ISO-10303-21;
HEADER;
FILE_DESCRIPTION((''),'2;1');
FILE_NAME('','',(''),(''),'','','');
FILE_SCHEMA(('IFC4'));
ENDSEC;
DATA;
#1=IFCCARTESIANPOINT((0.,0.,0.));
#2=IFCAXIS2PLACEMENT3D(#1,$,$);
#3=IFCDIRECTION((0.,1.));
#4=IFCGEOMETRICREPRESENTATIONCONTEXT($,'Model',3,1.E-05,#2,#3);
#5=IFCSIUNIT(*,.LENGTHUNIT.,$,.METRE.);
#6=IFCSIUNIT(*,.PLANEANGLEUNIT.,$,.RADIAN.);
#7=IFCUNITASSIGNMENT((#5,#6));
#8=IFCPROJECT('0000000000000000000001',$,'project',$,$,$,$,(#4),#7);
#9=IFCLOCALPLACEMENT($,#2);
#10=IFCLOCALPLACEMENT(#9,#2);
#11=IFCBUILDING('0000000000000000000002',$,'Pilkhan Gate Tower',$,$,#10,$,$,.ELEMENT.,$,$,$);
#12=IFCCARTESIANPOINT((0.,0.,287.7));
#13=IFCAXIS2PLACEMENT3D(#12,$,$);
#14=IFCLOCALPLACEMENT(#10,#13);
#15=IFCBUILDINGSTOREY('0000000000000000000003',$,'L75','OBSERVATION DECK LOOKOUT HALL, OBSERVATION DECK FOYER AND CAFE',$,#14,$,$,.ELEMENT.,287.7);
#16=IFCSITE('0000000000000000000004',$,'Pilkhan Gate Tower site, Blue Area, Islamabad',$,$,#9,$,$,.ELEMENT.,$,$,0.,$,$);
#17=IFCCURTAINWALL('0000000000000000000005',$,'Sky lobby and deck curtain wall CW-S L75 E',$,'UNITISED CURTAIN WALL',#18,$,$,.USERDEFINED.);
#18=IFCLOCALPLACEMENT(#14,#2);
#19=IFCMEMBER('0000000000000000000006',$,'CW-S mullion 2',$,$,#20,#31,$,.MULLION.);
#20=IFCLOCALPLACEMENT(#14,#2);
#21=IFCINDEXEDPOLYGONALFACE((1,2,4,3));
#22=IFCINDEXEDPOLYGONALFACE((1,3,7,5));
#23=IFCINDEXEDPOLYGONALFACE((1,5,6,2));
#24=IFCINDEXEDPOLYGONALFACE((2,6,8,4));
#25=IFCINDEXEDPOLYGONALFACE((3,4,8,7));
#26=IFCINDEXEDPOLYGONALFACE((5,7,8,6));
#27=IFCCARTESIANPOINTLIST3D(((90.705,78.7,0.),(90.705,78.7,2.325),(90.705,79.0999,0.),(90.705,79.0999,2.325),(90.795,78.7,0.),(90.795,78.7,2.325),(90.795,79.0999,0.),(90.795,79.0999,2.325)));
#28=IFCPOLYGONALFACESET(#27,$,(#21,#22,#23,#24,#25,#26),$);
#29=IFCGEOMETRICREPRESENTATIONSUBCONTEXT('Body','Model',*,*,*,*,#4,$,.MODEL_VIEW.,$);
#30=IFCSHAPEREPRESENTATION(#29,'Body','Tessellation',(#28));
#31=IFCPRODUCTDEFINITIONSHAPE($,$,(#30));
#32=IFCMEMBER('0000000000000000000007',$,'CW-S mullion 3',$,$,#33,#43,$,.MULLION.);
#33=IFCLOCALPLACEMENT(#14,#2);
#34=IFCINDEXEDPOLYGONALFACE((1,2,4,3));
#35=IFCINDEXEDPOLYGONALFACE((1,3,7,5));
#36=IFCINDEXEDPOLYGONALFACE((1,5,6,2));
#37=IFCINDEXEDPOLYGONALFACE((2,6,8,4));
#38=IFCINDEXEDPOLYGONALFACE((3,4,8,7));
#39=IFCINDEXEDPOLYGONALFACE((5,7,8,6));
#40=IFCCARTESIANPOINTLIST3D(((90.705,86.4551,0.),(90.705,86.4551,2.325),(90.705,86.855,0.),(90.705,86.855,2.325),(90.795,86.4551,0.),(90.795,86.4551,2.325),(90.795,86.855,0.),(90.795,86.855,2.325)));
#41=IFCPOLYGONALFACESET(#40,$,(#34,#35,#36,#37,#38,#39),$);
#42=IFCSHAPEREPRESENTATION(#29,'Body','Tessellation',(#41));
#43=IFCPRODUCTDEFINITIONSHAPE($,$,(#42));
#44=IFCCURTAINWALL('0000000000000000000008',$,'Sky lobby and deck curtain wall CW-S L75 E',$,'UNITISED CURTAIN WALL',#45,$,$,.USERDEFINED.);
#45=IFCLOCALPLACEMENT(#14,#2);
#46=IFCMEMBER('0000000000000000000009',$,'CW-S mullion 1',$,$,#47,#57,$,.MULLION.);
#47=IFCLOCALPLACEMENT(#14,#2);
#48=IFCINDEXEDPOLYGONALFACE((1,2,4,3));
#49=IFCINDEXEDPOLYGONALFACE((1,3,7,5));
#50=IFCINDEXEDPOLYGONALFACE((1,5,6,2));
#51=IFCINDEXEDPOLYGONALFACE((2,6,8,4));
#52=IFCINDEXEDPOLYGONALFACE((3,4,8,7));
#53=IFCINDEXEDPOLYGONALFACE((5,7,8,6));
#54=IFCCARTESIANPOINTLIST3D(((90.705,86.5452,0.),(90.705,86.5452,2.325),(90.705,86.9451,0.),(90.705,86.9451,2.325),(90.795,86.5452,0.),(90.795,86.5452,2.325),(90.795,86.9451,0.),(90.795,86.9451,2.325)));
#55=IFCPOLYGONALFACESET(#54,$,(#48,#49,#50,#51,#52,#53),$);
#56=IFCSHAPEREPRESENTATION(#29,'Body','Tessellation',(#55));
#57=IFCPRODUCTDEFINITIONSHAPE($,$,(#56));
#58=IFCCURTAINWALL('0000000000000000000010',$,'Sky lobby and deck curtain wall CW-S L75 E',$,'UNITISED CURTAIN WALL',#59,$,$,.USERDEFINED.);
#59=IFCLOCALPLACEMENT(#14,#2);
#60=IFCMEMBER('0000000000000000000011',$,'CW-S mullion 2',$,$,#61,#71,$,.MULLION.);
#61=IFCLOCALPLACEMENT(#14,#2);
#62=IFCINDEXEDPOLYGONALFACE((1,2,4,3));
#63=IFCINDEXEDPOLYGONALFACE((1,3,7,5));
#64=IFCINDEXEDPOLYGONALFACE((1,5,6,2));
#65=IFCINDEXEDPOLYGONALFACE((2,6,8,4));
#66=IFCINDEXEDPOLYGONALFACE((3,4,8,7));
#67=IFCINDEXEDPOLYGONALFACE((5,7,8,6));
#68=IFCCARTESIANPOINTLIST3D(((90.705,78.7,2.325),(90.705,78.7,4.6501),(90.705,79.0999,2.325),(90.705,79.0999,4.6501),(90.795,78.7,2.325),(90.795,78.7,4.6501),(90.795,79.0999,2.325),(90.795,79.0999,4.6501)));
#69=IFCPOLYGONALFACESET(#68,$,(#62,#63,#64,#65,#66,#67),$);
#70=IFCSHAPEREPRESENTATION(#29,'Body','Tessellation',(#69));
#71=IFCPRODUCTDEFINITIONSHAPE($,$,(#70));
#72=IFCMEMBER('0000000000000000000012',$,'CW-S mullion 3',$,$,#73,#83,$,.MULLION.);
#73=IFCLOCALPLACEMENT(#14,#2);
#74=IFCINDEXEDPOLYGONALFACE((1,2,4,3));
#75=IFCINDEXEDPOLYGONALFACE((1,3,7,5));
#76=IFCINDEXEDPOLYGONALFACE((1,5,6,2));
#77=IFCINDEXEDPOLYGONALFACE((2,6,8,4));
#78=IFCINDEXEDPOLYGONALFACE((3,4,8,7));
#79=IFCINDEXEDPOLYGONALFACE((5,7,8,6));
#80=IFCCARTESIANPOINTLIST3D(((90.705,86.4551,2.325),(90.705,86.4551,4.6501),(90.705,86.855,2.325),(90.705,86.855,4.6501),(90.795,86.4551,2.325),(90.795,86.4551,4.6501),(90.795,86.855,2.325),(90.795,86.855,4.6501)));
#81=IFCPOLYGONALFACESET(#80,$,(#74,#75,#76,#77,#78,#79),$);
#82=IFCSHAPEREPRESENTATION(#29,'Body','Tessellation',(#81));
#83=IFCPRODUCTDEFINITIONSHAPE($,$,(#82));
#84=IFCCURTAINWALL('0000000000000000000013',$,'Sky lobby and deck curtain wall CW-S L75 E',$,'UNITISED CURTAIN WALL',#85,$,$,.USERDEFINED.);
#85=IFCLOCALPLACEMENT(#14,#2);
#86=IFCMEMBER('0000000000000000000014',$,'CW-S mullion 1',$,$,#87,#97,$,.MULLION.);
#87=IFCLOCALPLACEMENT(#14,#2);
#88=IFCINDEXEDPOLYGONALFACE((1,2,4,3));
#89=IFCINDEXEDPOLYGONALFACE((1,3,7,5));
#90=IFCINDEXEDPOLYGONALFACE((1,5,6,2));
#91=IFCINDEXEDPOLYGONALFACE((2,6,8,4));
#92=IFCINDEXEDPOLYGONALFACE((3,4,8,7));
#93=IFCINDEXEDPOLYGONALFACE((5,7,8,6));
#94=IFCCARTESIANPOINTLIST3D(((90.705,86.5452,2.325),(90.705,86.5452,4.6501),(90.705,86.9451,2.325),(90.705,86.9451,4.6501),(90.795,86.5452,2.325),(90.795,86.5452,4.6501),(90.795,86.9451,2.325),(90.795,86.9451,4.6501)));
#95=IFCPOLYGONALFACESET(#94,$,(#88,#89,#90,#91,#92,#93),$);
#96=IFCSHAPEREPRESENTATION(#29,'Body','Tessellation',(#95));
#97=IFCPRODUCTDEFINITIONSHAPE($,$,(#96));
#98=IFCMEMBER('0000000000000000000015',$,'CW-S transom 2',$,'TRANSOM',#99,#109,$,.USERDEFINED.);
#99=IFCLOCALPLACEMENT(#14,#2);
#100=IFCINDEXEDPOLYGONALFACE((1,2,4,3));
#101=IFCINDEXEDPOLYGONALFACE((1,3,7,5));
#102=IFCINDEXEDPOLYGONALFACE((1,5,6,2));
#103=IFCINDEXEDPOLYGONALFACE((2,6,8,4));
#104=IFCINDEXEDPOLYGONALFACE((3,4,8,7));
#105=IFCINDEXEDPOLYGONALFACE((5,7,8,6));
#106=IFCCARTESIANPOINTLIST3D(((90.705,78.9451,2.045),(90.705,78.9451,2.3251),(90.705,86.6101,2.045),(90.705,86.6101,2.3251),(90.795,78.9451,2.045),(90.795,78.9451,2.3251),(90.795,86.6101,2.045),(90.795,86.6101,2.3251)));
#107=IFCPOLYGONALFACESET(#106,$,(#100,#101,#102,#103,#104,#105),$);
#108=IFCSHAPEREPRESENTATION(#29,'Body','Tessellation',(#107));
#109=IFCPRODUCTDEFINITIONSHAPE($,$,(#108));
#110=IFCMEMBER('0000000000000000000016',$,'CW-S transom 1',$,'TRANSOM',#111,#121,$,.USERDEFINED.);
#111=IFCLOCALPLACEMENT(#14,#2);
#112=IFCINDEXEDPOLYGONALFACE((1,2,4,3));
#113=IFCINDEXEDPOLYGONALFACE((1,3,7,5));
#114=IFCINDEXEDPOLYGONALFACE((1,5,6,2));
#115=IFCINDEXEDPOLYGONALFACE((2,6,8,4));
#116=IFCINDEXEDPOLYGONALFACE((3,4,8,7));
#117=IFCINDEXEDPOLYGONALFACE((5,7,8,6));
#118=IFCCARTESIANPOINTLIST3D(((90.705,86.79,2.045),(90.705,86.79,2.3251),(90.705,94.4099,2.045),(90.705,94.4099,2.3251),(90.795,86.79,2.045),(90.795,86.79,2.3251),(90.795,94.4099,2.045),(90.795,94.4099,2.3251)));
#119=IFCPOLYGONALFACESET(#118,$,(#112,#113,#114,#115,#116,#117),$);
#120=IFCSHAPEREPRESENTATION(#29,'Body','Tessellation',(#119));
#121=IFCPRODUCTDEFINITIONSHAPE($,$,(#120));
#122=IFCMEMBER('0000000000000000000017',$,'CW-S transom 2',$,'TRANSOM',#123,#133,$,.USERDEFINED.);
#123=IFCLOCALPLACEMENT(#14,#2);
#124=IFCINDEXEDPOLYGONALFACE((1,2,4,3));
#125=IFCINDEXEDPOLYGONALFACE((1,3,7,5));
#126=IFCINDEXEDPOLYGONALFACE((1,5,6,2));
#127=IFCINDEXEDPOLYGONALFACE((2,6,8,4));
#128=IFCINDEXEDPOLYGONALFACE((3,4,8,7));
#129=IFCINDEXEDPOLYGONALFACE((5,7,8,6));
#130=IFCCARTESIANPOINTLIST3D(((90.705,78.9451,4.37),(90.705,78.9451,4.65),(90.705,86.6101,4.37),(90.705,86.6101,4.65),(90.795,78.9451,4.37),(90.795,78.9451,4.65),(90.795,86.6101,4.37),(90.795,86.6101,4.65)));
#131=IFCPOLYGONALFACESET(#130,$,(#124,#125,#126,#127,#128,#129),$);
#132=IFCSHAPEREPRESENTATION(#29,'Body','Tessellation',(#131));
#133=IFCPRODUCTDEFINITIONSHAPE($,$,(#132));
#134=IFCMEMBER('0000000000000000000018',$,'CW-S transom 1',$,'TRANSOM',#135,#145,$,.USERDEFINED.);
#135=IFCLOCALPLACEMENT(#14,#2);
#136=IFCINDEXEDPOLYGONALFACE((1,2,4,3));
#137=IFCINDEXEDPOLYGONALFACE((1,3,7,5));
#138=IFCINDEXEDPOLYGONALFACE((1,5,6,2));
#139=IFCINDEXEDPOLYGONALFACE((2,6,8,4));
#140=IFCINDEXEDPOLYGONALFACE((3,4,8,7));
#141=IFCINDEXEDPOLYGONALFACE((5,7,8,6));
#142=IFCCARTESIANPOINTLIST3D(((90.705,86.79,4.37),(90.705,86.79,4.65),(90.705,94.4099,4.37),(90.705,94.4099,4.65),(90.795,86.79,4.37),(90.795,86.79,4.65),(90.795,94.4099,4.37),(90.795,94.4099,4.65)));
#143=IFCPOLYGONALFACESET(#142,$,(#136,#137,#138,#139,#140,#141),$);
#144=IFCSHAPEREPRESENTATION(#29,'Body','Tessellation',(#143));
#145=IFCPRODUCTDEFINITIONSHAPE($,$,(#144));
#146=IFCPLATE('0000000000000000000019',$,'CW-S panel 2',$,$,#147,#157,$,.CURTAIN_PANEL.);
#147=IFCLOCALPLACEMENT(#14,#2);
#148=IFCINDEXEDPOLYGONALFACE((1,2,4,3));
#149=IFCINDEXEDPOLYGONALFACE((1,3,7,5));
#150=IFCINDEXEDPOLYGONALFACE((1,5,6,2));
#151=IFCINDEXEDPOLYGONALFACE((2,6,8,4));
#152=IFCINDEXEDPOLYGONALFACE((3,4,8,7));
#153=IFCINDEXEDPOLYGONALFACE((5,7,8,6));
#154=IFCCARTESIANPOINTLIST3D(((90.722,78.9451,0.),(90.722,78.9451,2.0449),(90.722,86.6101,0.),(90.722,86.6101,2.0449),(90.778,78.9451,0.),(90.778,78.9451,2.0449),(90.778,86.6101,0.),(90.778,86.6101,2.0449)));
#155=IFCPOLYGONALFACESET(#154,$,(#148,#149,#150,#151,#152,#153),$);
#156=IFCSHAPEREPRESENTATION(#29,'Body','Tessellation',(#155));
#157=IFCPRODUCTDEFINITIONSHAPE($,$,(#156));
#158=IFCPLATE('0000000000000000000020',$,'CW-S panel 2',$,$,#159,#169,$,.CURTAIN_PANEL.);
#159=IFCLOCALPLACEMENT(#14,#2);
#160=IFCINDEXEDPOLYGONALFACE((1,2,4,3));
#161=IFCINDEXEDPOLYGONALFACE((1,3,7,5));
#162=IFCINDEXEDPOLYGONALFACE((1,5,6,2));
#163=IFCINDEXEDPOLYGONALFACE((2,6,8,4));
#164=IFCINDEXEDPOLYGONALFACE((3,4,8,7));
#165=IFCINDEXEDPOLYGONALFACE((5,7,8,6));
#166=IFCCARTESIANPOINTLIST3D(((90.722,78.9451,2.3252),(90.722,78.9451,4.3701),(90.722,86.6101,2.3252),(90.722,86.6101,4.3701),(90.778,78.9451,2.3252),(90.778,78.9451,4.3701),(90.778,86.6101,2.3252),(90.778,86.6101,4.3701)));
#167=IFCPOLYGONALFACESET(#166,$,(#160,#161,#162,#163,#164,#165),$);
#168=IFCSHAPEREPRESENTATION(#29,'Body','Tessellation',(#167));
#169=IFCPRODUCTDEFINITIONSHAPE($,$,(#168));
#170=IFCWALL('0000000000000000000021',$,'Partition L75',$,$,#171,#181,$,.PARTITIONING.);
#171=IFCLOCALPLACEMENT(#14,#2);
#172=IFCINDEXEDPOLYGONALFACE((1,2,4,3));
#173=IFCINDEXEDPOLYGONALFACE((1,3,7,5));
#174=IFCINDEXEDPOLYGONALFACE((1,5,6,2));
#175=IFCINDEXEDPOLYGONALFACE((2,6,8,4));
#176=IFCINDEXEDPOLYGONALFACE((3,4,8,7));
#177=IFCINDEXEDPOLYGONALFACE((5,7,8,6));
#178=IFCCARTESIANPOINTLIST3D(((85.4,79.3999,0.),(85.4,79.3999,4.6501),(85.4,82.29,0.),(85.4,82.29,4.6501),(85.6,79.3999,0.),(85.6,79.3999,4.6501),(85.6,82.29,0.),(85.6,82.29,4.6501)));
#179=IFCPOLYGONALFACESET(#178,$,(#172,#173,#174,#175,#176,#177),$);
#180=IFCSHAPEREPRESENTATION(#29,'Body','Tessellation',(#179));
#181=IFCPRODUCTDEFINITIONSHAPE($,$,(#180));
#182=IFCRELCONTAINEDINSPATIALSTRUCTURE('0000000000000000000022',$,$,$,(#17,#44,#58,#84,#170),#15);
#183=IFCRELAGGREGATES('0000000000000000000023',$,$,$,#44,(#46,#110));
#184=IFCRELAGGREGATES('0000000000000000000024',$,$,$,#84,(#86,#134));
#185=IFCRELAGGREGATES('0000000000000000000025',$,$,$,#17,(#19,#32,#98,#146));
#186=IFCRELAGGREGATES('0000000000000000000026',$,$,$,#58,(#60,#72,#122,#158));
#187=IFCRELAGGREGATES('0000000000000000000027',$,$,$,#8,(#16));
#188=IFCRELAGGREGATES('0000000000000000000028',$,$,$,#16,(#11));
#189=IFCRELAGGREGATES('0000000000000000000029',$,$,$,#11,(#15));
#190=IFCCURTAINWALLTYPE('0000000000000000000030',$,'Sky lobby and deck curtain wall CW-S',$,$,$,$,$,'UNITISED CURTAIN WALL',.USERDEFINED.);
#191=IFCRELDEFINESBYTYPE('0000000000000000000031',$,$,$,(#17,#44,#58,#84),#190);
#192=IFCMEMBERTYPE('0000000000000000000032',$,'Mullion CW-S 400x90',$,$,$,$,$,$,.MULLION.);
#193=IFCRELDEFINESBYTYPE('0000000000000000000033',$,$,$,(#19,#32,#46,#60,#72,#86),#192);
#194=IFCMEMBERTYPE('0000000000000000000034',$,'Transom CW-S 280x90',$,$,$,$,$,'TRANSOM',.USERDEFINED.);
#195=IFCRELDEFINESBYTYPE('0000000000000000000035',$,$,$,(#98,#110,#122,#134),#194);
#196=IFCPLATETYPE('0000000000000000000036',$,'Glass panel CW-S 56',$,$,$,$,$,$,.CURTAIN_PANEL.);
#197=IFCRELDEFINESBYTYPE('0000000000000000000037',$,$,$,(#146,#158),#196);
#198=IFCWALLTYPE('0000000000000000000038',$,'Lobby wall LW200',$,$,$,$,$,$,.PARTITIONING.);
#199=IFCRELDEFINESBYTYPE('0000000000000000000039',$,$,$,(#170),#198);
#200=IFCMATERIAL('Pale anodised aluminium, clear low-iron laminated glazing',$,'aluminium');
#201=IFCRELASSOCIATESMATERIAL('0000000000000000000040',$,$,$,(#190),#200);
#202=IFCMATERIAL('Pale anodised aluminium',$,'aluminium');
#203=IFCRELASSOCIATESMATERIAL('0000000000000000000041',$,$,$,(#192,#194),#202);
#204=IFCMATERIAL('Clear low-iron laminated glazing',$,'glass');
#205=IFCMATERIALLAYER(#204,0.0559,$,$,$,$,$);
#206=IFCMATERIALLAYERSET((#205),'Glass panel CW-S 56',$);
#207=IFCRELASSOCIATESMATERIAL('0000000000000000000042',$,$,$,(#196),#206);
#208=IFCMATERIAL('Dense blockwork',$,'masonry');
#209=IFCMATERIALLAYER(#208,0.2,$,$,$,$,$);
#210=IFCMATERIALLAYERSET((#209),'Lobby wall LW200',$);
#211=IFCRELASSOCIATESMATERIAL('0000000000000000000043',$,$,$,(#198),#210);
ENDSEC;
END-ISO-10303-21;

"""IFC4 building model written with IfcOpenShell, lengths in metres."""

from ifc_helpers import new_model, si_unit, direction, frame, frame_2d, origin, origin_2d, place, context, subcontext, project, spatial, rectangle, extrude, material, layer, layer_set, material_profile, profile_set, type_object, element, aggregate, save


model = new_model("IFC4")

# Units and contexts
model_context = context("Model", 3, precision=1e-05, world=origin(), true_north=direction((0.0, 1.0)))
body_context = subcontext(model_context, "Body", "Model", "MODEL_VIEW")
ifc_project = project(units=[si_unit("LENGTHUNIT", "METRE"), si_unit("PLANEANGLEUNIT", "RADIAN")], contexts=[model_context])

# Site, building, storey
site_placement = place(None, origin())
site = spatial("IfcSite", under=ifc_project, at=site_placement, Name="Pilkhan Gate Tower site, Blue Area, Islamabad", CompositionType="ELEMENT", RefElevation=0.0)
building_placement = place(site_placement, origin())
building = spatial("IfcBuilding", under=site, at=building_placement, Name="Pilkhan Gate Tower", CompositionType="ELEMENT")
storey_placement = place(building_placement, frame((0.0, 0.0, 287.7)))
storey = spatial("IfcBuildingStorey", under=building, at=storey_placement, Name="L75", Description="OBSERVATION DECK LOOKOUT HALL, OBSERVATION DECK FOYER AND CAFE", CompositionType="ELEMENT", Elevation=287.7)

# Curtain wall, members
ifc_material_1 = material(Name="Pale anodised aluminium, clear low-iron laminated glazing", Category="aluminium")
curtain_wall_type = type_object("IfcCurtainWallType", Name="Sky lobby and deck curtain wall CW-S", ElementType="UNITISED CURTAIN WALL", PredefinedType="USERDEFINED", material=ifc_material_1)
curtain_wall_1_placement = place(storey_placement, origin())
curtain_wall_1 = element("IfcCurtainWall", 1, at=curtain_wall_1_placement, inside=storey, type_object=curtain_wall_type, Name="Sky lobby and deck curtain wall CW-S L75 E", ObjectType="UNITISED CURTAIN WALL", PredefinedType="USERDEFINED")
ifc_material_2 = material(Name="Pale anodised aluminium", Category="aluminium")
ifc_material_profile_1 = material_profile(ifc_material_2, rectangle(XDim=0.0901, YDim=0.3999, at=origin_2d()), Name="Mullion 400x90")
ifc_profile_set_1 = profile_set([ifc_material_profile_1], Name="Pale anodised aluminium")
member_type_1 = type_object("IfcMemberType", Name="Mullion CW-S 400x90", PredefinedType="MULLION", material=ifc_profile_set_1)
member_1_placement = place(storey_placement, frame((90.75, 78.8999, 0.0), z_axis=(0.0, 0.0, 1.0), x_axis=(-1.0, 0.0, 0.0)))
member_1 = element("IfcMember", 2, at=member_1_placement, type_object=member_type_1, Name="CW-S mullion 2", PredefinedType="MULLION", context=body_context, shape_type="SweptSolid", body=[
    extrude(rectangle(XDim=0.0901, YDim=0.3999, at=origin_2d()), origin(), (0.0, 0.0, 1.0), 2.325),
])
member_2_placement = place(storey_placement, frame((90.75, 86.655, 0.0), z_axis=(0.0, 0.0, 1.0), x_axis=(-1.0, 0.0, 0.0)))
member_2 = element("IfcMember", 3, at=member_2_placement, type_object=member_type_1, Name="CW-S mullion 3", PredefinedType="MULLION", context=body_context, shape_type="SweptSolid", body=[
    extrude(rectangle(XDim=0.0901, YDim=0.3999, at=origin_2d()), origin(), (0.0, 0.0, 1.0), 2.325),
])

# Curtain wall, member
curtain_wall_2_placement = place(storey_placement, origin())
curtain_wall_2 = element("IfcCurtainWall", 4, at=curtain_wall_2_placement, inside=storey, type_object=curtain_wall_type, Name="Sky lobby and deck curtain wall CW-S L75 E", ObjectType="UNITISED CURTAIN WALL", PredefinedType="USERDEFINED")
member_3_placement = place(storey_placement, frame((90.75, 86.7451, 0.0), z_axis=(0.0, 0.0, 1.0), x_axis=(-1.0, 0.0, 0.0)))
member_3 = element("IfcMember", 5, at=member_3_placement, type_object=member_type_1, Name="CW-S mullion 1", PredefinedType="MULLION", context=body_context, shape_type="SweptSolid", body=[
    extrude(rectangle(XDim=0.0901, YDim=0.3999, at=origin_2d()), origin(), (0.0, 0.0, 1.0), 2.325),
])

# Curtain wall, members
curtain_wall_3_placement = place(storey_placement, origin())
curtain_wall_3 = element("IfcCurtainWall", 6, at=curtain_wall_3_placement, inside=storey, type_object=curtain_wall_type, Name="Sky lobby and deck curtain wall CW-S L75 E", ObjectType="UNITISED CURTAIN WALL", PredefinedType="USERDEFINED")
member_4_placement = place(storey_placement, frame((90.75, 78.8999, 2.325), z_axis=(0.0, 0.0, 1.0), x_axis=(-1.0, 0.0, 0.0)))
member_4 = element("IfcMember", 7, at=member_4_placement, type_object=member_type_1, Name="CW-S mullion 2", PredefinedType="MULLION", context=body_context, shape_type="SweptSolid", body=[
    extrude(rectangle(XDim=0.0901, YDim=0.3999, at=origin_2d()), origin(), (0.0, 0.0, 1.0), 2.3252),
])
member_5_placement = place(storey_placement, frame((90.75, 86.655, 2.325), z_axis=(0.0, 0.0, 1.0), x_axis=(-1.0, 0.0, 0.0)))
member_5 = element("IfcMember", 8, at=member_5_placement, type_object=member_type_1, Name="CW-S mullion 3", PredefinedType="MULLION", context=body_context, shape_type="SweptSolid", body=[
    extrude(rectangle(XDim=0.0901, YDim=0.3999, at=origin_2d()), origin(), (0.0, 0.0, 1.0), 2.3252),
])

# Curtain wall, member
curtain_wall_4_placement = place(storey_placement, origin())
curtain_wall_4 = element("IfcCurtainWall", 9, at=curtain_wall_4_placement, inside=storey, type_object=curtain_wall_type, Name="Sky lobby and deck curtain wall CW-S L75 E", ObjectType="UNITISED CURTAIN WALL", PredefinedType="USERDEFINED")
member_6_placement = place(storey_placement, frame((90.75, 86.7451, 2.325), z_axis=(0.0, 0.0, 1.0), x_axis=(-1.0, 0.0, 0.0)))
member_6 = element("IfcMember", 10, at=member_6_placement, type_object=member_type_1, Name="CW-S mullion 1", PredefinedType="MULLION", context=body_context, shape_type="SweptSolid", body=[
    extrude(rectangle(XDim=0.0901, YDim=0.3999, at=origin_2d()), origin(), (0.0, 0.0, 1.0), 2.3252),
])

# Members
ifc_material_profile_2 = material_profile(ifc_material_2, rectangle(XDim=0.0901, YDim=0.28, at=origin_2d()), Name="Transom 280x90")
ifc_profile_set_2 = profile_set([ifc_material_profile_2], Name="Pale anodised aluminium")
member_type_2 = type_object("IfcMemberType", Name="Transom CW-S 280x90", ElementType="TRANSOM", PredefinedType="USERDEFINED", material=ifc_profile_set_2)
member_7_placement = place(storey_placement, frame((90.75, 78.9451, 2.1851), z_axis=(0.0, 1.0, 0.0), x_axis=(-1.0, 0.0, 0.0)))
member_7 = element("IfcMember", 11, at=member_7_placement, type_object=member_type_2, Name="CW-S transom 2", ObjectType="TRANSOM", PredefinedType="USERDEFINED", context=body_context, shape_type="SweptSolid", body=[
    extrude(rectangle(XDim=0.0901, YDim=0.28, at=origin_2d()), origin(), (0.0, 0.0, 1.0), 7.665),
])
member_8_placement = place(storey_placement, frame((90.75, 86.79, 2.1851), z_axis=(0.0, 1.0, 0.0), x_axis=(-1.0, 0.0, 0.0)))
member_8 = element("IfcMember", 12, at=member_8_placement, type_object=member_type_2, Name="CW-S transom 1", ObjectType="TRANSOM", PredefinedType="USERDEFINED", context=body_context, shape_type="SweptSolid", body=[
    extrude(rectangle(XDim=0.0901, YDim=0.28, at=origin_2d()), origin(), (0.0, 0.0, 1.0), 7.6199),
])
aggregate(curtain_wall_2, [member_3, member_8])
member_9_placement = place(storey_placement, frame((90.75, 78.9451, 4.51), z_axis=(0.0, 1.0, 0.0), x_axis=(-1.0, 0.0, 0.0)))
member_9 = element("IfcMember", 13, at=member_9_placement, type_object=member_type_2, Name="CW-S transom 2", ObjectType="TRANSOM", PredefinedType="USERDEFINED", context=body_context, shape_type="SweptSolid", body=[
    extrude(rectangle(XDim=0.0901, YDim=0.28, at=origin_2d()), origin(), (0.0, 0.0, 1.0), 7.665),
])
member_10_placement = place(storey_placement, frame((90.75, 86.79, 4.51), z_axis=(0.0, 1.0, 0.0), x_axis=(-1.0, 0.0, 0.0)))
member_10 = element("IfcMember", 14, at=member_10_placement, type_object=member_type_2, Name="CW-S transom 1", ObjectType="TRANSOM", PredefinedType="USERDEFINED", context=body_context, shape_type="SweptSolid", body=[
    extrude(rectangle(XDim=0.0901, YDim=0.28, at=origin_2d()), origin(), (0.0, 0.0, 1.0), 7.6199),
])
aggregate(curtain_wall_4, [member_6, member_10])

# Plates
ifc_material_3 = material(Name="Clear low-iron laminated glazing", Category="glass")
ifc_layer_1 = layer(ifc_material_3, 0.0559)
ifc_layer_set_1 = layer_set([ifc_layer_1], Name="Glass panel CW-S 56")
plate_type = type_object("IfcPlateType", Name="Glass panel CW-S 56", PredefinedType="CURTAIN_PANEL", material=ifc_layer_set_1)
plate_1_placement = place(storey_placement, frame((90.75, 82.7776, 0.0), z_axis=(0.0, 0.0, 1.0), x_axis=(0.0, 1.0, 0.0)))
plate_1 = element("IfcPlate", 15, at=plate_1_placement, type_object=plate_type, Name="CW-S panel 2", PredefinedType="CURTAIN_PANEL", context=body_context, shape_type="SweptSolid", body=[
    extrude(rectangle(XDim=7.665, YDim=0.0559, at=origin_2d()), origin(), (0.0, 0.0, 1.0), 2.0449),
])
aggregate(curtain_wall_1, [member_1, member_2, member_7, plate_1])
plate_2_placement = place(storey_placement, frame((90.75, 82.7776, 2.3252), z_axis=(0.0, 0.0, 1.0), x_axis=(0.0, 1.0, 0.0)))
plate_2 = element("IfcPlate", 16, at=plate_2_placement, type_object=plate_type, Name="CW-S panel 2", PredefinedType="CURTAIN_PANEL", context=body_context, shape_type="SweptSolid", body=[
    extrude(rectangle(XDim=7.665, YDim=0.0559, at=origin_2d()), origin(), (0.0, 0.0, 1.0), 2.0449),
])
aggregate(curtain_wall_3, [member_4, member_5, member_9, plate_2])

# Wall
ifc_material_4 = material(Name="Dense blockwork", Category="masonry")
ifc_layer_2 = layer(ifc_material_4, 0.2)
ifc_layer_set_2 = layer_set([ifc_layer_2], Name="Lobby wall LW200")
wall_type = type_object("IfcWallType", Name="Lobby wall LW200", PredefinedType="PARTITIONING", material=ifc_layer_set_2)
wall_placement = place(storey_placement, frame((85.5, 79.3999, 0.0), z_axis=(0.0, 0.0, 1.0), x_axis=(0.0, 1.0, 0.0)))
element("IfcWall", 17, at=wall_placement, inside=storey, type_object=wall_type, Name="Partition L75", PredefinedType="PARTITIONING", context=body_context, shape_type="SweptSolid", body=[
    extrude(rectangle(XDim=2.8901, YDim=0.2, at=frame_2d((1.4451, 0.0))), origin(), (0.0, 0.0, 1.0), 4.6501),
])

save(model, "model.ifc")
